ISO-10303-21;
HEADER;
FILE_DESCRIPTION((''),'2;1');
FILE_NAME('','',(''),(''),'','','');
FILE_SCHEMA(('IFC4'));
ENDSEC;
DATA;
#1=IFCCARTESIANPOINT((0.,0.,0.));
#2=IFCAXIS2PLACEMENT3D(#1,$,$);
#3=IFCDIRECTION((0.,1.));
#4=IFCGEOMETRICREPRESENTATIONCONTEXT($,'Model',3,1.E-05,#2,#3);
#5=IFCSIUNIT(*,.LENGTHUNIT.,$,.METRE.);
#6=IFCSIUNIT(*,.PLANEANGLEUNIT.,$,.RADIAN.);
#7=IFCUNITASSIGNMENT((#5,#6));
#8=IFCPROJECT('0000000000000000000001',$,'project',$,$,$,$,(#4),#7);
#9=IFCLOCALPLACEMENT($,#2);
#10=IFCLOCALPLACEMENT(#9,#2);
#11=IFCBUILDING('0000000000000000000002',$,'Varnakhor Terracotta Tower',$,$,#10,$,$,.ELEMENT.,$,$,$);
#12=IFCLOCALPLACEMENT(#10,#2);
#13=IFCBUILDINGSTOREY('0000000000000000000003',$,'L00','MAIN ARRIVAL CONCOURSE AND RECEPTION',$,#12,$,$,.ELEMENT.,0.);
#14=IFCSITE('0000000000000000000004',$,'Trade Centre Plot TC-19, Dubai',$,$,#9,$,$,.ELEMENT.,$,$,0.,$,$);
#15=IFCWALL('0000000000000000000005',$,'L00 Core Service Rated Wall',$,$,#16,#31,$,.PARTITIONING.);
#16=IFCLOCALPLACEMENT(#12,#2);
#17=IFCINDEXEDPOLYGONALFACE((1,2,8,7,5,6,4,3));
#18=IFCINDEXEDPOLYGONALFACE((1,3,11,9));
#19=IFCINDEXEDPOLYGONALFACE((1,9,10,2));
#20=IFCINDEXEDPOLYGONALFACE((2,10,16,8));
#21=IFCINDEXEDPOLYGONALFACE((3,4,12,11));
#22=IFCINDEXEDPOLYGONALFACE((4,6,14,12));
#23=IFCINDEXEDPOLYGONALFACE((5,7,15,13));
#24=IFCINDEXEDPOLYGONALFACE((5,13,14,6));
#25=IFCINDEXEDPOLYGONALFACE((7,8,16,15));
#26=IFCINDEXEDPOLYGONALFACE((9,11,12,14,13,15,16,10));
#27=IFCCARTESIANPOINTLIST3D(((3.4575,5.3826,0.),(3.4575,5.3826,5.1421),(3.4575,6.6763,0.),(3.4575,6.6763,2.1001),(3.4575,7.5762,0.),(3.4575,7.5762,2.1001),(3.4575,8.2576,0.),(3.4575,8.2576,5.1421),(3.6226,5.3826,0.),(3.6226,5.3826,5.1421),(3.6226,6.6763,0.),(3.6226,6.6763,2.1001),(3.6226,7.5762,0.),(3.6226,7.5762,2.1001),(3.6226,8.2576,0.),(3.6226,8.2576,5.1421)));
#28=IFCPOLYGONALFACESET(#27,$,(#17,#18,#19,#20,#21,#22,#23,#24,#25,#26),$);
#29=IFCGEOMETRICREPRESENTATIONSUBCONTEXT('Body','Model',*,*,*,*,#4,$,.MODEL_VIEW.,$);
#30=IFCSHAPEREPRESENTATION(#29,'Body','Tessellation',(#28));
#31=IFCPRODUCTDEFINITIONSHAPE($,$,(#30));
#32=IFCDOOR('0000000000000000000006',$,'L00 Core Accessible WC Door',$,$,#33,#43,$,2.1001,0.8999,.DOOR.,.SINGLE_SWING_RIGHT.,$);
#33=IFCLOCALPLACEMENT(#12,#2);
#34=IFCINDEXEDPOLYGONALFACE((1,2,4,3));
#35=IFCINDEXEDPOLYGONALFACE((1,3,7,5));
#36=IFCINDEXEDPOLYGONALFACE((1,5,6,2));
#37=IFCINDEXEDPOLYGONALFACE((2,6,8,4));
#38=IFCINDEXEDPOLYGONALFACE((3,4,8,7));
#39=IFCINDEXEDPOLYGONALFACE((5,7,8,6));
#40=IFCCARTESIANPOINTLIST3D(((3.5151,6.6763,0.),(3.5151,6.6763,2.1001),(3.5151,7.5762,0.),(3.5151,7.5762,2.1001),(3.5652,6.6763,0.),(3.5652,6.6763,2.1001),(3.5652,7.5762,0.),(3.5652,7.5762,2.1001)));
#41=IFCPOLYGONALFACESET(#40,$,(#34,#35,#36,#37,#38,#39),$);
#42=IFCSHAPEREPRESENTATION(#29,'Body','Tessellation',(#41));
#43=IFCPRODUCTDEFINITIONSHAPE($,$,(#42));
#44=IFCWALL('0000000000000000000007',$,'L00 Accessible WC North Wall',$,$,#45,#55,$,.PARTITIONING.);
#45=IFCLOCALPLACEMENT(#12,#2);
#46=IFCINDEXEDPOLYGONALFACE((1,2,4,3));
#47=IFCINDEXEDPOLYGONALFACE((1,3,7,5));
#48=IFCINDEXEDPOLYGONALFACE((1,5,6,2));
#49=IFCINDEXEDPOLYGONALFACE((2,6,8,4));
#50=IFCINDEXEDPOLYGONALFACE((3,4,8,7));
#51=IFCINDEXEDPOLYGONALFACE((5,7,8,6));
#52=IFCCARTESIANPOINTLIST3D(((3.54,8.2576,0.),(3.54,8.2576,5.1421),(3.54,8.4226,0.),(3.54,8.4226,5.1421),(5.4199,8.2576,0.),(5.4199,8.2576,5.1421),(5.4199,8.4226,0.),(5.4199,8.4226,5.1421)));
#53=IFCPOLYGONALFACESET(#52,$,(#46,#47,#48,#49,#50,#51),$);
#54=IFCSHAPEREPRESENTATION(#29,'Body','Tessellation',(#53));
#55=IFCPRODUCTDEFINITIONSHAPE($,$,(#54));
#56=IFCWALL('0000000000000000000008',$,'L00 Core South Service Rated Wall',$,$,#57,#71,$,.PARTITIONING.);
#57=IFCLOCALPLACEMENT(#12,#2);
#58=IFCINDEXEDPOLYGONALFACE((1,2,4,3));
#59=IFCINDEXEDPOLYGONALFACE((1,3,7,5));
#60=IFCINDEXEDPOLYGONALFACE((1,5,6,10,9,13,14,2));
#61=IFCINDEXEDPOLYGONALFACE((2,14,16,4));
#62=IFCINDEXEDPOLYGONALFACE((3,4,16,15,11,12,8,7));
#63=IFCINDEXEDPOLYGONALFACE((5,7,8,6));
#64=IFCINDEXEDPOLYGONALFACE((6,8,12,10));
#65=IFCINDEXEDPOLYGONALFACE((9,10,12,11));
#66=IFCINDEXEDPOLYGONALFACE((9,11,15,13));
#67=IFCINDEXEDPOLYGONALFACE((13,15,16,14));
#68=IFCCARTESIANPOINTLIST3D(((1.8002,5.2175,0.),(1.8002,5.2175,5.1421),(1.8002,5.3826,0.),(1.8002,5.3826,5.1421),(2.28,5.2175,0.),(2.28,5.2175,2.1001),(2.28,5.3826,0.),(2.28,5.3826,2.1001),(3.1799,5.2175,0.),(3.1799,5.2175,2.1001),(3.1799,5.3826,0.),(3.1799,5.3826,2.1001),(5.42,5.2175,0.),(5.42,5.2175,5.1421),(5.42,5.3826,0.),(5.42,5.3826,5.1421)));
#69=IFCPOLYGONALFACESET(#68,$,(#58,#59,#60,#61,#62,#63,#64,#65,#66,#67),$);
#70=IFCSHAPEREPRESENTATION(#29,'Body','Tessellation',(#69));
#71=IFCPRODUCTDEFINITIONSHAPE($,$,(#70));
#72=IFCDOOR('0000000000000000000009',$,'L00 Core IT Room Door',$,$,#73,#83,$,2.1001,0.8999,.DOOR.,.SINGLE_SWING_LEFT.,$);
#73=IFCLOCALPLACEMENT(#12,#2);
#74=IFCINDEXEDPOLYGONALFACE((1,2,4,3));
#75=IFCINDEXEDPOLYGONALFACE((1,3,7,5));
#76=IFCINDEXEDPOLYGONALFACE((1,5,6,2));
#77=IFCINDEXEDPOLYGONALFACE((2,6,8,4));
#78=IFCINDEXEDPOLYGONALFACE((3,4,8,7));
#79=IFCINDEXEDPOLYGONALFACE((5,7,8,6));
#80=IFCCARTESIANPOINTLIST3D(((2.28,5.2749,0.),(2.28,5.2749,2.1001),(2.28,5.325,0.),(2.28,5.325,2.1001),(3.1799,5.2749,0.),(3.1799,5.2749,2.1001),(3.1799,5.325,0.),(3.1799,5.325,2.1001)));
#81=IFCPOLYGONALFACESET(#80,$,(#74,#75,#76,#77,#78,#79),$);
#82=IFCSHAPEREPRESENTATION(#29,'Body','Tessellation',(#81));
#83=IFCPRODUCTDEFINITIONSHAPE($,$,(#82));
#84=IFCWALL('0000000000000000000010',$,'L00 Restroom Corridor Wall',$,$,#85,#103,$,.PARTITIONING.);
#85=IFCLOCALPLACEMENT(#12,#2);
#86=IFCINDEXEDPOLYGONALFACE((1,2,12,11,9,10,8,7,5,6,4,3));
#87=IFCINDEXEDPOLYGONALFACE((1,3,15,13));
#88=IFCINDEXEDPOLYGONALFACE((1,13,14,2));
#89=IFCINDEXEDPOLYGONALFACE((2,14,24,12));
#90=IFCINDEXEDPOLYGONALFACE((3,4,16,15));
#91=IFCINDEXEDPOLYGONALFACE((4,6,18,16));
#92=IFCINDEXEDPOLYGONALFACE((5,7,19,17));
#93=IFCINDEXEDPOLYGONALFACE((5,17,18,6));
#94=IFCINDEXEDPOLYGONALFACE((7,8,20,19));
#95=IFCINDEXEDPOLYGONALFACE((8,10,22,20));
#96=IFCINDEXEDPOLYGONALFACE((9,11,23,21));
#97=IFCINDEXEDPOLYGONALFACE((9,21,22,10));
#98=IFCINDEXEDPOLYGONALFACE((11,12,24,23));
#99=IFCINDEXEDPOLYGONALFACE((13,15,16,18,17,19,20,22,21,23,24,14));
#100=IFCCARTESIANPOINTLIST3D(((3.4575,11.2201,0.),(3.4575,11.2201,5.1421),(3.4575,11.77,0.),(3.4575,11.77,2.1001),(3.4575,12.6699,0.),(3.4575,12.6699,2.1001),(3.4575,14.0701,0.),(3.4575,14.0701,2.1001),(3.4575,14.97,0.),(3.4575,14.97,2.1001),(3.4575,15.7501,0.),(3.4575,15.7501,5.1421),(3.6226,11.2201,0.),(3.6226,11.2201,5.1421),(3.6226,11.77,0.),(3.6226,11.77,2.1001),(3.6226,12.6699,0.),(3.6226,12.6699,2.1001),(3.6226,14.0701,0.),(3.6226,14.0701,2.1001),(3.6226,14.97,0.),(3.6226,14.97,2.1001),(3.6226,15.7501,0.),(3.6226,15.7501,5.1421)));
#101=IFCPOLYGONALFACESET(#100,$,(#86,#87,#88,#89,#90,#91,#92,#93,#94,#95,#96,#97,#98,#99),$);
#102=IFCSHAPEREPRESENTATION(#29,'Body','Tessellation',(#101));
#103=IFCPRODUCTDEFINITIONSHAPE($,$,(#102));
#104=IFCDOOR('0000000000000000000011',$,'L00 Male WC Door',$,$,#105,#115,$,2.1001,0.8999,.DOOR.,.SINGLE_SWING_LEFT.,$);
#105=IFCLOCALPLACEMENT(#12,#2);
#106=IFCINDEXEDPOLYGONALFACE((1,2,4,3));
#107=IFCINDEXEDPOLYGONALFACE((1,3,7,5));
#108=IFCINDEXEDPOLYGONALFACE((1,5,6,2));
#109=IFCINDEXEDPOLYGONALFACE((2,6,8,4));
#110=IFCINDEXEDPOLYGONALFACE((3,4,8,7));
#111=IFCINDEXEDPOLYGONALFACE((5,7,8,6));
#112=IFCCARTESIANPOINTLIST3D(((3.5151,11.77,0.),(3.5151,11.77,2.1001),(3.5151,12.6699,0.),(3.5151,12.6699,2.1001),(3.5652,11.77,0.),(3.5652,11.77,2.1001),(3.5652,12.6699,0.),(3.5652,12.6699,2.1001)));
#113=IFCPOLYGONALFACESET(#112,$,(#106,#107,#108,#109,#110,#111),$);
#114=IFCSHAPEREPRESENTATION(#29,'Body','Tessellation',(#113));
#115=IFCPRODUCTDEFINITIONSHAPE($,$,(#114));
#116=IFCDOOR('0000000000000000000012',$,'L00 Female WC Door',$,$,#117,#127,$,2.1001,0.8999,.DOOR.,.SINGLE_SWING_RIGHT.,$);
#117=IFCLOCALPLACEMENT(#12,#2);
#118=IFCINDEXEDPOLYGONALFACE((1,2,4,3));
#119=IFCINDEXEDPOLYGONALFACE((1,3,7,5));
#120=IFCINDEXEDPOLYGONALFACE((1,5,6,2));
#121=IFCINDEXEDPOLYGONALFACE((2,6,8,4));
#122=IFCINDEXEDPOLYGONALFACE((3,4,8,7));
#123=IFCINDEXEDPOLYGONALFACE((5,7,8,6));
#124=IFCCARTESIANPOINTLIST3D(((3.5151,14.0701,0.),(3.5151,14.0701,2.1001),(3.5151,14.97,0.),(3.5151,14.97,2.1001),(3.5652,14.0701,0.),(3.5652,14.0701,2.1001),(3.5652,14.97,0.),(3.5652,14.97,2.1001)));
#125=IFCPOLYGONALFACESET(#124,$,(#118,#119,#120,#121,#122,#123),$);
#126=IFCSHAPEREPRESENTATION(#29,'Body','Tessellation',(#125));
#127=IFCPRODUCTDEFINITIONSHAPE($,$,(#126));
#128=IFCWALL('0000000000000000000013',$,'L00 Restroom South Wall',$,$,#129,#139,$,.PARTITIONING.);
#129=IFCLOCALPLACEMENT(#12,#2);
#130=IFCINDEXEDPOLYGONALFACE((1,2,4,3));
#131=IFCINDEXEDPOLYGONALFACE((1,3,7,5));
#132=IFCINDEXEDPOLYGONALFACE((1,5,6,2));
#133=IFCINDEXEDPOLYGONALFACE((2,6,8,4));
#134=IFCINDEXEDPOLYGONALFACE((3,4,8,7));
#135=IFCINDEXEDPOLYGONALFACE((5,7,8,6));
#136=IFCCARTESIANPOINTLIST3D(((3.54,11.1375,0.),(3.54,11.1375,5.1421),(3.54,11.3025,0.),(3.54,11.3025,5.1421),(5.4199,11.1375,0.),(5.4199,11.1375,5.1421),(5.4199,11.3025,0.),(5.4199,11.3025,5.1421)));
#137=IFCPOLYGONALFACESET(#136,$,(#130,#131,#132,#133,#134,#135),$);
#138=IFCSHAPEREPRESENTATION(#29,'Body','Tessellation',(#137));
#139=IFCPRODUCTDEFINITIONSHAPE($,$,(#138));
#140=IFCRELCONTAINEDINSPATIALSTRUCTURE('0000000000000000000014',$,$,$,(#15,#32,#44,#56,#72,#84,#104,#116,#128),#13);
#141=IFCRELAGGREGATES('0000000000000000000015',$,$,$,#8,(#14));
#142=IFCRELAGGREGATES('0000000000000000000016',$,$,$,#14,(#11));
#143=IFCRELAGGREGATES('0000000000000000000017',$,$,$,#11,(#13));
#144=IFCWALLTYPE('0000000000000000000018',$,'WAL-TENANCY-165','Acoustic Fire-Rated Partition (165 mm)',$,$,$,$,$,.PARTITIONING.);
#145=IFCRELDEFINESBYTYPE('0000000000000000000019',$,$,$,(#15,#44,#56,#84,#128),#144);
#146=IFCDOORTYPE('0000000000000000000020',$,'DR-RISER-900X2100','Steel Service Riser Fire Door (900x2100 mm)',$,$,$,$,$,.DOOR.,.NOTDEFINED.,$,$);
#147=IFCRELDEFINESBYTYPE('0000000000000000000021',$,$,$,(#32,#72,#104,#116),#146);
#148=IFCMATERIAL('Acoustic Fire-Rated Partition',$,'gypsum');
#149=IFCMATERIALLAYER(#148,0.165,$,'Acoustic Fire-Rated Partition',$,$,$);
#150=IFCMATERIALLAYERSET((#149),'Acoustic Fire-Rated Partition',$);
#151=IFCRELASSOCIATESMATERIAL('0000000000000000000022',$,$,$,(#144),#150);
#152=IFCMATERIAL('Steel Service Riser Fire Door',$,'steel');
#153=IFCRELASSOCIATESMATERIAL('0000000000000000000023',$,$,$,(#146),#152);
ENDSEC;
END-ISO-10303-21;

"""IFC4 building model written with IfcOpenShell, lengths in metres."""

from ifc_helpers import new_model, si_unit, direction, frame, frame_2d, origin, place, context, subcontext, project, spatial, rectangle, extrude, source, transform, mapped, material, layer, layer_set, type_object, type_shapes, element, fill, save


model = new_model("IFC4")

# Units and contexts
model_context = context("Model", 3, precision=1e-05, world=origin(), true_north=direction((0.0, 1.0)))
body_context = subcontext(model_context, "Body", "Model", "MODEL_VIEW")
ifc_project = project(units=[si_unit("LENGTHUNIT", "METRE"), si_unit("PLANEANGLEUNIT", "RADIAN")], contexts=[model_context])

# Site, building, storey
site_placement = place(None, origin())
site = spatial("IfcSite", under=ifc_project, at=site_placement, Name="Trade Centre Plot TC-19, Dubai", CompositionType="ELEMENT", RefElevation=0.0)
building_placement = place(site_placement, origin())
building = spatial("IfcBuilding", under=site, at=building_placement, Name="Varnakhor Terracotta Tower", CompositionType="ELEMENT")
storey_placement = place(building_placement, origin())
storey = spatial("IfcBuildingStorey", under=building, at=storey_placement, Name="L00", Description="MAIN ARRIVAL CONCOURSE AND RECEPTION", CompositionType="ELEMENT", Elevation=0.0)

# Shared definitions
ifc_material_1 = material(Name="Acoustic Fire-Rated Partition", Category="gypsum")
ifc_layer_1 = layer(ifc_material_1, 0.165, Name="Acoustic Fire-Rated Partition")
ifc_layer_set_1 = layer_set([ifc_layer_1], Name="Acoustic Fire-Rated Partition")
wall_type_1 = type_object("IfcWallType", Name="WAL-TENANCY-165", Description="Acoustic Fire-Rated Partition (165 mm)", PredefinedType="PARTITIONING", material=ifc_layer_set_1)

# Wall, opening, door
wall_1_placement = place(storey_placement, frame((3.54, 5.3826, 0.0), z_axis=(0.0, 0.0, 1.0), x_axis=(0.0, 1.0, 0.0)))
wall_1 = element("IfcWall", 1, at=wall_1_placement, inside=storey, type_object=wall_type_1, Name="L00 Core Service Rated Wall", PredefinedType="PARTITIONING", context=body_context, shape_type="SweptSolid", body=[
    extrude(rectangle(XDim=2.875, YDim=0.165, at=frame_2d((1.4375, 0.0))), origin(), (0.0, 0.0, 1.0), 5.1421),
])
opening_1_placement = place(wall_1_placement, frame((1.2937, 0.0, 0.0)))
opening_1 = element("IfcOpeningElement", 2, at=opening_1_placement, cuts=wall_1, PredefinedType="OPENING", context=body_context, shape_type="SweptSolid", body=[
    extrude(rectangle(XDim=0.8999, YDim=2.1001, at=frame_2d((0.45, 1.05))), frame((0.0, 0.0925, 0.0), z_axis=(0.0, -1.0, 0.0), x_axis=(1.0, 0.0, 0.0)), (0.0, 0.0, 1.0), 0.1851),
])
ifc_material_2 = material(Name="Steel Service Riser Fire Door", Category="steel")
door_type_1 = type_object("IfcDoorType", Name="DR-RISER-900X2100", Description="Steel Service Riser Fire Door (900x2100 mm)", OperationType="NOTDEFINED", PredefinedType="DOOR", material=ifc_material_2)
shared_shape_1 = source(origin(), body_context, "Body", "SweptSolid", [
    extrude(rectangle(XDim=0.8999, YDim=2.1001, at=frame_2d((0.45, 1.05))), frame((0.0, 0.0249, 0.0), z_axis=(0.0, -1.0, 0.0), x_axis=(1.0, 0.0, 0.0)), (0.0, 0.0, 1.0), 0.05),
])
type_shapes(door_type_1, [shared_shape_1])
door_1_placement = place(opening_1_placement, origin())
door_1 = element("IfcDoor", 3, at=door_1_placement, inside=storey, type_object=door_type_1, Name="L00 Core Accessible WC Door", OperationType="SINGLE_SWING_RIGHT", OverallHeight=2.1001, OverallWidth=0.8999, PredefinedType="DOOR", context=body_context, shape_type="MappedRepresentation", body=[
    mapped(shared_shape_1, transform((0.0, 0.0, 0.0), scale=1.0)),
])
fill(opening_1, door_1)

# Wall
wall_2_placement = place(storey_placement, frame((3.54, 8.3401, 0.0), z_axis=(0.0, 0.0, 1.0), x_axis=(1.0, 0.0, 0.0)))
element("IfcWall", 4, at=wall_2_placement, inside=storey, type_object=wall_type_1, Name="L00 Accessible WC North Wall", PredefinedType="PARTITIONING", context=body_context, shape_type="SweptSolid", body=[
    extrude(rectangle(XDim=1.8799, YDim=0.165, at=frame_2d((0.9399, 0.0))), origin(), (0.0, 0.0, 1.0), 5.1421),
])

# Wall, opening, door
wall_3_placement = place(storey_placement, frame((1.8, 5.3, 0.0), z_axis=(0.0, 0.0, 1.0), x_axis=(1.0, 0.0, 0.0)))
wall_3 = element("IfcWall", 5, at=wall_3_placement, inside=storey, type_object=wall_type_1, Name="L00 Core South Service Rated Wall", PredefinedType="PARTITIONING", context=body_context, shape_type="SweptSolid", body=[
    extrude(rectangle(XDim=3.6199, YDim=0.165, at=frame_2d((1.8101, 0.0))), origin(), (0.0, 0.0, 1.0), 5.1421),
])
opening_2_placement = place(wall_3_placement, frame((0.48, 0.0, 0.0)))
opening_2 = element("IfcOpeningElement", 6, at=opening_2_placement, cuts=wall_3, PredefinedType="OPENING", context=body_context, shape_type="SweptSolid", body=[
    extrude(rectangle(XDim=0.8999, YDim=2.1001, at=frame_2d((0.45, 1.05))), frame((0.0, 0.0925, 0.0), z_axis=(0.0, -1.0, 0.0), x_axis=(1.0, 0.0, 0.0)), (0.0, 0.0, 1.0), 0.1851),
])
door_2_placement = place(opening_2_placement, origin())
door_2 = element("IfcDoor", 7, at=door_2_placement, inside=storey, type_object=door_type_1, Name="L00 Core IT Room Door", OperationType="SINGLE_SWING_LEFT", OverallHeight=2.1001, OverallWidth=0.8999, PredefinedType="DOOR", context=body_context, shape_type="MappedRepresentation", body=[
    mapped(shared_shape_1, transform((0.0, 0.0, 0.0), scale=1.0)),
])
fill(opening_2, door_2)

# Wall, openings, doors
wall_4_placement = place(storey_placement, frame((3.54, 11.22, 0.0), z_axis=(0.0, 0.0, 1.0), x_axis=(0.0, 1.0, 0.0)))
wall_4 = element("IfcWall", 8, at=wall_4_placement, inside=storey, type_object=wall_type_1, Name="L00 Restroom Corridor Wall", PredefinedType="PARTITIONING", context=body_context, shape_type="SweptSolid", body=[
    extrude(rectangle(XDim=4.53, YDim=0.165, at=frame_2d((2.2651, 0.0))), origin(), (0.0, 0.0, 1.0), 5.1421),
])
opening_3_placement = place(wall_4_placement, frame((0.55, 0.0, 0.0)))
opening_3 = element("IfcOpeningElement", 9, at=opening_3_placement, cuts=wall_4, PredefinedType="OPENING", context=body_context, shape_type="SweptSolid", body=[
    extrude(rectangle(XDim=0.8999, YDim=2.1001, at=frame_2d((0.45, 1.05))), frame((0.0, 0.0925, 0.0), z_axis=(0.0, -1.0, 0.0), x_axis=(1.0, 0.0, 0.0)), (0.0, 0.0, 1.0), 0.1851),
])
opening_4_placement = place(wall_4_placement, frame((2.8501, 0.0, 0.0)))
opening_4 = element("IfcOpeningElement", 10, at=opening_4_placement, cuts=wall_4, PredefinedType="OPENING", context=body_context, shape_type="SweptSolid", body=[
    extrude(rectangle(XDim=0.8999, YDim=2.1001, at=frame_2d((0.45, 1.05))), frame((0.0, 0.0925, 0.0), z_axis=(0.0, -1.0, 0.0), x_axis=(1.0, 0.0, 0.0)), (0.0, 0.0, 1.0), 0.1851),
])
door_3_placement = place(opening_3_placement, origin())
door_3 = element("IfcDoor", 11, at=door_3_placement, inside=storey, type_object=door_type_1, Name="L00 Male WC Door", OperationType="SINGLE_SWING_LEFT", OverallHeight=2.1001, OverallWidth=0.8999, PredefinedType="DOOR", context=body_context, shape_type="MappedRepresentation", body=[
    mapped(shared_shape_1, transform((0.0, 0.0, 0.0), scale=1.0)),
])
fill(opening_3, door_3)
door_4_placement = place(opening_4_placement, origin())
door_4 = element("IfcDoor", 12, at=door_4_placement, inside=storey, type_object=door_type_1, Name="L00 Female WC Door", OperationType="SINGLE_SWING_RIGHT", OverallHeight=2.1001, OverallWidth=0.8999, PredefinedType="DOOR", context=body_context, shape_type="MappedRepresentation", body=[
    mapped(shared_shape_1, transform((0.0, 0.0, 0.0), scale=1.0)),
])
fill(opening_4, door_4)

# Wall
wall_5_placement = place(storey_placement, frame((3.54, 11.22, 0.0), z_axis=(0.0, 0.0, 1.0), x_axis=(1.0, 0.0, 0.0)))
element("IfcWall", 13, at=wall_5_placement, inside=storey, type_object=wall_type_1, Name="L00 Restroom South Wall", PredefinedType="PARTITIONING", context=body_context, shape_type="SweptSolid", body=[
    extrude(rectangle(XDim=1.8799, YDim=0.165, at=frame_2d((0.9399, 0.0))), origin(), (0.0, 0.0, 1.0), 5.1421),
])

save(model, "model.ifc")
